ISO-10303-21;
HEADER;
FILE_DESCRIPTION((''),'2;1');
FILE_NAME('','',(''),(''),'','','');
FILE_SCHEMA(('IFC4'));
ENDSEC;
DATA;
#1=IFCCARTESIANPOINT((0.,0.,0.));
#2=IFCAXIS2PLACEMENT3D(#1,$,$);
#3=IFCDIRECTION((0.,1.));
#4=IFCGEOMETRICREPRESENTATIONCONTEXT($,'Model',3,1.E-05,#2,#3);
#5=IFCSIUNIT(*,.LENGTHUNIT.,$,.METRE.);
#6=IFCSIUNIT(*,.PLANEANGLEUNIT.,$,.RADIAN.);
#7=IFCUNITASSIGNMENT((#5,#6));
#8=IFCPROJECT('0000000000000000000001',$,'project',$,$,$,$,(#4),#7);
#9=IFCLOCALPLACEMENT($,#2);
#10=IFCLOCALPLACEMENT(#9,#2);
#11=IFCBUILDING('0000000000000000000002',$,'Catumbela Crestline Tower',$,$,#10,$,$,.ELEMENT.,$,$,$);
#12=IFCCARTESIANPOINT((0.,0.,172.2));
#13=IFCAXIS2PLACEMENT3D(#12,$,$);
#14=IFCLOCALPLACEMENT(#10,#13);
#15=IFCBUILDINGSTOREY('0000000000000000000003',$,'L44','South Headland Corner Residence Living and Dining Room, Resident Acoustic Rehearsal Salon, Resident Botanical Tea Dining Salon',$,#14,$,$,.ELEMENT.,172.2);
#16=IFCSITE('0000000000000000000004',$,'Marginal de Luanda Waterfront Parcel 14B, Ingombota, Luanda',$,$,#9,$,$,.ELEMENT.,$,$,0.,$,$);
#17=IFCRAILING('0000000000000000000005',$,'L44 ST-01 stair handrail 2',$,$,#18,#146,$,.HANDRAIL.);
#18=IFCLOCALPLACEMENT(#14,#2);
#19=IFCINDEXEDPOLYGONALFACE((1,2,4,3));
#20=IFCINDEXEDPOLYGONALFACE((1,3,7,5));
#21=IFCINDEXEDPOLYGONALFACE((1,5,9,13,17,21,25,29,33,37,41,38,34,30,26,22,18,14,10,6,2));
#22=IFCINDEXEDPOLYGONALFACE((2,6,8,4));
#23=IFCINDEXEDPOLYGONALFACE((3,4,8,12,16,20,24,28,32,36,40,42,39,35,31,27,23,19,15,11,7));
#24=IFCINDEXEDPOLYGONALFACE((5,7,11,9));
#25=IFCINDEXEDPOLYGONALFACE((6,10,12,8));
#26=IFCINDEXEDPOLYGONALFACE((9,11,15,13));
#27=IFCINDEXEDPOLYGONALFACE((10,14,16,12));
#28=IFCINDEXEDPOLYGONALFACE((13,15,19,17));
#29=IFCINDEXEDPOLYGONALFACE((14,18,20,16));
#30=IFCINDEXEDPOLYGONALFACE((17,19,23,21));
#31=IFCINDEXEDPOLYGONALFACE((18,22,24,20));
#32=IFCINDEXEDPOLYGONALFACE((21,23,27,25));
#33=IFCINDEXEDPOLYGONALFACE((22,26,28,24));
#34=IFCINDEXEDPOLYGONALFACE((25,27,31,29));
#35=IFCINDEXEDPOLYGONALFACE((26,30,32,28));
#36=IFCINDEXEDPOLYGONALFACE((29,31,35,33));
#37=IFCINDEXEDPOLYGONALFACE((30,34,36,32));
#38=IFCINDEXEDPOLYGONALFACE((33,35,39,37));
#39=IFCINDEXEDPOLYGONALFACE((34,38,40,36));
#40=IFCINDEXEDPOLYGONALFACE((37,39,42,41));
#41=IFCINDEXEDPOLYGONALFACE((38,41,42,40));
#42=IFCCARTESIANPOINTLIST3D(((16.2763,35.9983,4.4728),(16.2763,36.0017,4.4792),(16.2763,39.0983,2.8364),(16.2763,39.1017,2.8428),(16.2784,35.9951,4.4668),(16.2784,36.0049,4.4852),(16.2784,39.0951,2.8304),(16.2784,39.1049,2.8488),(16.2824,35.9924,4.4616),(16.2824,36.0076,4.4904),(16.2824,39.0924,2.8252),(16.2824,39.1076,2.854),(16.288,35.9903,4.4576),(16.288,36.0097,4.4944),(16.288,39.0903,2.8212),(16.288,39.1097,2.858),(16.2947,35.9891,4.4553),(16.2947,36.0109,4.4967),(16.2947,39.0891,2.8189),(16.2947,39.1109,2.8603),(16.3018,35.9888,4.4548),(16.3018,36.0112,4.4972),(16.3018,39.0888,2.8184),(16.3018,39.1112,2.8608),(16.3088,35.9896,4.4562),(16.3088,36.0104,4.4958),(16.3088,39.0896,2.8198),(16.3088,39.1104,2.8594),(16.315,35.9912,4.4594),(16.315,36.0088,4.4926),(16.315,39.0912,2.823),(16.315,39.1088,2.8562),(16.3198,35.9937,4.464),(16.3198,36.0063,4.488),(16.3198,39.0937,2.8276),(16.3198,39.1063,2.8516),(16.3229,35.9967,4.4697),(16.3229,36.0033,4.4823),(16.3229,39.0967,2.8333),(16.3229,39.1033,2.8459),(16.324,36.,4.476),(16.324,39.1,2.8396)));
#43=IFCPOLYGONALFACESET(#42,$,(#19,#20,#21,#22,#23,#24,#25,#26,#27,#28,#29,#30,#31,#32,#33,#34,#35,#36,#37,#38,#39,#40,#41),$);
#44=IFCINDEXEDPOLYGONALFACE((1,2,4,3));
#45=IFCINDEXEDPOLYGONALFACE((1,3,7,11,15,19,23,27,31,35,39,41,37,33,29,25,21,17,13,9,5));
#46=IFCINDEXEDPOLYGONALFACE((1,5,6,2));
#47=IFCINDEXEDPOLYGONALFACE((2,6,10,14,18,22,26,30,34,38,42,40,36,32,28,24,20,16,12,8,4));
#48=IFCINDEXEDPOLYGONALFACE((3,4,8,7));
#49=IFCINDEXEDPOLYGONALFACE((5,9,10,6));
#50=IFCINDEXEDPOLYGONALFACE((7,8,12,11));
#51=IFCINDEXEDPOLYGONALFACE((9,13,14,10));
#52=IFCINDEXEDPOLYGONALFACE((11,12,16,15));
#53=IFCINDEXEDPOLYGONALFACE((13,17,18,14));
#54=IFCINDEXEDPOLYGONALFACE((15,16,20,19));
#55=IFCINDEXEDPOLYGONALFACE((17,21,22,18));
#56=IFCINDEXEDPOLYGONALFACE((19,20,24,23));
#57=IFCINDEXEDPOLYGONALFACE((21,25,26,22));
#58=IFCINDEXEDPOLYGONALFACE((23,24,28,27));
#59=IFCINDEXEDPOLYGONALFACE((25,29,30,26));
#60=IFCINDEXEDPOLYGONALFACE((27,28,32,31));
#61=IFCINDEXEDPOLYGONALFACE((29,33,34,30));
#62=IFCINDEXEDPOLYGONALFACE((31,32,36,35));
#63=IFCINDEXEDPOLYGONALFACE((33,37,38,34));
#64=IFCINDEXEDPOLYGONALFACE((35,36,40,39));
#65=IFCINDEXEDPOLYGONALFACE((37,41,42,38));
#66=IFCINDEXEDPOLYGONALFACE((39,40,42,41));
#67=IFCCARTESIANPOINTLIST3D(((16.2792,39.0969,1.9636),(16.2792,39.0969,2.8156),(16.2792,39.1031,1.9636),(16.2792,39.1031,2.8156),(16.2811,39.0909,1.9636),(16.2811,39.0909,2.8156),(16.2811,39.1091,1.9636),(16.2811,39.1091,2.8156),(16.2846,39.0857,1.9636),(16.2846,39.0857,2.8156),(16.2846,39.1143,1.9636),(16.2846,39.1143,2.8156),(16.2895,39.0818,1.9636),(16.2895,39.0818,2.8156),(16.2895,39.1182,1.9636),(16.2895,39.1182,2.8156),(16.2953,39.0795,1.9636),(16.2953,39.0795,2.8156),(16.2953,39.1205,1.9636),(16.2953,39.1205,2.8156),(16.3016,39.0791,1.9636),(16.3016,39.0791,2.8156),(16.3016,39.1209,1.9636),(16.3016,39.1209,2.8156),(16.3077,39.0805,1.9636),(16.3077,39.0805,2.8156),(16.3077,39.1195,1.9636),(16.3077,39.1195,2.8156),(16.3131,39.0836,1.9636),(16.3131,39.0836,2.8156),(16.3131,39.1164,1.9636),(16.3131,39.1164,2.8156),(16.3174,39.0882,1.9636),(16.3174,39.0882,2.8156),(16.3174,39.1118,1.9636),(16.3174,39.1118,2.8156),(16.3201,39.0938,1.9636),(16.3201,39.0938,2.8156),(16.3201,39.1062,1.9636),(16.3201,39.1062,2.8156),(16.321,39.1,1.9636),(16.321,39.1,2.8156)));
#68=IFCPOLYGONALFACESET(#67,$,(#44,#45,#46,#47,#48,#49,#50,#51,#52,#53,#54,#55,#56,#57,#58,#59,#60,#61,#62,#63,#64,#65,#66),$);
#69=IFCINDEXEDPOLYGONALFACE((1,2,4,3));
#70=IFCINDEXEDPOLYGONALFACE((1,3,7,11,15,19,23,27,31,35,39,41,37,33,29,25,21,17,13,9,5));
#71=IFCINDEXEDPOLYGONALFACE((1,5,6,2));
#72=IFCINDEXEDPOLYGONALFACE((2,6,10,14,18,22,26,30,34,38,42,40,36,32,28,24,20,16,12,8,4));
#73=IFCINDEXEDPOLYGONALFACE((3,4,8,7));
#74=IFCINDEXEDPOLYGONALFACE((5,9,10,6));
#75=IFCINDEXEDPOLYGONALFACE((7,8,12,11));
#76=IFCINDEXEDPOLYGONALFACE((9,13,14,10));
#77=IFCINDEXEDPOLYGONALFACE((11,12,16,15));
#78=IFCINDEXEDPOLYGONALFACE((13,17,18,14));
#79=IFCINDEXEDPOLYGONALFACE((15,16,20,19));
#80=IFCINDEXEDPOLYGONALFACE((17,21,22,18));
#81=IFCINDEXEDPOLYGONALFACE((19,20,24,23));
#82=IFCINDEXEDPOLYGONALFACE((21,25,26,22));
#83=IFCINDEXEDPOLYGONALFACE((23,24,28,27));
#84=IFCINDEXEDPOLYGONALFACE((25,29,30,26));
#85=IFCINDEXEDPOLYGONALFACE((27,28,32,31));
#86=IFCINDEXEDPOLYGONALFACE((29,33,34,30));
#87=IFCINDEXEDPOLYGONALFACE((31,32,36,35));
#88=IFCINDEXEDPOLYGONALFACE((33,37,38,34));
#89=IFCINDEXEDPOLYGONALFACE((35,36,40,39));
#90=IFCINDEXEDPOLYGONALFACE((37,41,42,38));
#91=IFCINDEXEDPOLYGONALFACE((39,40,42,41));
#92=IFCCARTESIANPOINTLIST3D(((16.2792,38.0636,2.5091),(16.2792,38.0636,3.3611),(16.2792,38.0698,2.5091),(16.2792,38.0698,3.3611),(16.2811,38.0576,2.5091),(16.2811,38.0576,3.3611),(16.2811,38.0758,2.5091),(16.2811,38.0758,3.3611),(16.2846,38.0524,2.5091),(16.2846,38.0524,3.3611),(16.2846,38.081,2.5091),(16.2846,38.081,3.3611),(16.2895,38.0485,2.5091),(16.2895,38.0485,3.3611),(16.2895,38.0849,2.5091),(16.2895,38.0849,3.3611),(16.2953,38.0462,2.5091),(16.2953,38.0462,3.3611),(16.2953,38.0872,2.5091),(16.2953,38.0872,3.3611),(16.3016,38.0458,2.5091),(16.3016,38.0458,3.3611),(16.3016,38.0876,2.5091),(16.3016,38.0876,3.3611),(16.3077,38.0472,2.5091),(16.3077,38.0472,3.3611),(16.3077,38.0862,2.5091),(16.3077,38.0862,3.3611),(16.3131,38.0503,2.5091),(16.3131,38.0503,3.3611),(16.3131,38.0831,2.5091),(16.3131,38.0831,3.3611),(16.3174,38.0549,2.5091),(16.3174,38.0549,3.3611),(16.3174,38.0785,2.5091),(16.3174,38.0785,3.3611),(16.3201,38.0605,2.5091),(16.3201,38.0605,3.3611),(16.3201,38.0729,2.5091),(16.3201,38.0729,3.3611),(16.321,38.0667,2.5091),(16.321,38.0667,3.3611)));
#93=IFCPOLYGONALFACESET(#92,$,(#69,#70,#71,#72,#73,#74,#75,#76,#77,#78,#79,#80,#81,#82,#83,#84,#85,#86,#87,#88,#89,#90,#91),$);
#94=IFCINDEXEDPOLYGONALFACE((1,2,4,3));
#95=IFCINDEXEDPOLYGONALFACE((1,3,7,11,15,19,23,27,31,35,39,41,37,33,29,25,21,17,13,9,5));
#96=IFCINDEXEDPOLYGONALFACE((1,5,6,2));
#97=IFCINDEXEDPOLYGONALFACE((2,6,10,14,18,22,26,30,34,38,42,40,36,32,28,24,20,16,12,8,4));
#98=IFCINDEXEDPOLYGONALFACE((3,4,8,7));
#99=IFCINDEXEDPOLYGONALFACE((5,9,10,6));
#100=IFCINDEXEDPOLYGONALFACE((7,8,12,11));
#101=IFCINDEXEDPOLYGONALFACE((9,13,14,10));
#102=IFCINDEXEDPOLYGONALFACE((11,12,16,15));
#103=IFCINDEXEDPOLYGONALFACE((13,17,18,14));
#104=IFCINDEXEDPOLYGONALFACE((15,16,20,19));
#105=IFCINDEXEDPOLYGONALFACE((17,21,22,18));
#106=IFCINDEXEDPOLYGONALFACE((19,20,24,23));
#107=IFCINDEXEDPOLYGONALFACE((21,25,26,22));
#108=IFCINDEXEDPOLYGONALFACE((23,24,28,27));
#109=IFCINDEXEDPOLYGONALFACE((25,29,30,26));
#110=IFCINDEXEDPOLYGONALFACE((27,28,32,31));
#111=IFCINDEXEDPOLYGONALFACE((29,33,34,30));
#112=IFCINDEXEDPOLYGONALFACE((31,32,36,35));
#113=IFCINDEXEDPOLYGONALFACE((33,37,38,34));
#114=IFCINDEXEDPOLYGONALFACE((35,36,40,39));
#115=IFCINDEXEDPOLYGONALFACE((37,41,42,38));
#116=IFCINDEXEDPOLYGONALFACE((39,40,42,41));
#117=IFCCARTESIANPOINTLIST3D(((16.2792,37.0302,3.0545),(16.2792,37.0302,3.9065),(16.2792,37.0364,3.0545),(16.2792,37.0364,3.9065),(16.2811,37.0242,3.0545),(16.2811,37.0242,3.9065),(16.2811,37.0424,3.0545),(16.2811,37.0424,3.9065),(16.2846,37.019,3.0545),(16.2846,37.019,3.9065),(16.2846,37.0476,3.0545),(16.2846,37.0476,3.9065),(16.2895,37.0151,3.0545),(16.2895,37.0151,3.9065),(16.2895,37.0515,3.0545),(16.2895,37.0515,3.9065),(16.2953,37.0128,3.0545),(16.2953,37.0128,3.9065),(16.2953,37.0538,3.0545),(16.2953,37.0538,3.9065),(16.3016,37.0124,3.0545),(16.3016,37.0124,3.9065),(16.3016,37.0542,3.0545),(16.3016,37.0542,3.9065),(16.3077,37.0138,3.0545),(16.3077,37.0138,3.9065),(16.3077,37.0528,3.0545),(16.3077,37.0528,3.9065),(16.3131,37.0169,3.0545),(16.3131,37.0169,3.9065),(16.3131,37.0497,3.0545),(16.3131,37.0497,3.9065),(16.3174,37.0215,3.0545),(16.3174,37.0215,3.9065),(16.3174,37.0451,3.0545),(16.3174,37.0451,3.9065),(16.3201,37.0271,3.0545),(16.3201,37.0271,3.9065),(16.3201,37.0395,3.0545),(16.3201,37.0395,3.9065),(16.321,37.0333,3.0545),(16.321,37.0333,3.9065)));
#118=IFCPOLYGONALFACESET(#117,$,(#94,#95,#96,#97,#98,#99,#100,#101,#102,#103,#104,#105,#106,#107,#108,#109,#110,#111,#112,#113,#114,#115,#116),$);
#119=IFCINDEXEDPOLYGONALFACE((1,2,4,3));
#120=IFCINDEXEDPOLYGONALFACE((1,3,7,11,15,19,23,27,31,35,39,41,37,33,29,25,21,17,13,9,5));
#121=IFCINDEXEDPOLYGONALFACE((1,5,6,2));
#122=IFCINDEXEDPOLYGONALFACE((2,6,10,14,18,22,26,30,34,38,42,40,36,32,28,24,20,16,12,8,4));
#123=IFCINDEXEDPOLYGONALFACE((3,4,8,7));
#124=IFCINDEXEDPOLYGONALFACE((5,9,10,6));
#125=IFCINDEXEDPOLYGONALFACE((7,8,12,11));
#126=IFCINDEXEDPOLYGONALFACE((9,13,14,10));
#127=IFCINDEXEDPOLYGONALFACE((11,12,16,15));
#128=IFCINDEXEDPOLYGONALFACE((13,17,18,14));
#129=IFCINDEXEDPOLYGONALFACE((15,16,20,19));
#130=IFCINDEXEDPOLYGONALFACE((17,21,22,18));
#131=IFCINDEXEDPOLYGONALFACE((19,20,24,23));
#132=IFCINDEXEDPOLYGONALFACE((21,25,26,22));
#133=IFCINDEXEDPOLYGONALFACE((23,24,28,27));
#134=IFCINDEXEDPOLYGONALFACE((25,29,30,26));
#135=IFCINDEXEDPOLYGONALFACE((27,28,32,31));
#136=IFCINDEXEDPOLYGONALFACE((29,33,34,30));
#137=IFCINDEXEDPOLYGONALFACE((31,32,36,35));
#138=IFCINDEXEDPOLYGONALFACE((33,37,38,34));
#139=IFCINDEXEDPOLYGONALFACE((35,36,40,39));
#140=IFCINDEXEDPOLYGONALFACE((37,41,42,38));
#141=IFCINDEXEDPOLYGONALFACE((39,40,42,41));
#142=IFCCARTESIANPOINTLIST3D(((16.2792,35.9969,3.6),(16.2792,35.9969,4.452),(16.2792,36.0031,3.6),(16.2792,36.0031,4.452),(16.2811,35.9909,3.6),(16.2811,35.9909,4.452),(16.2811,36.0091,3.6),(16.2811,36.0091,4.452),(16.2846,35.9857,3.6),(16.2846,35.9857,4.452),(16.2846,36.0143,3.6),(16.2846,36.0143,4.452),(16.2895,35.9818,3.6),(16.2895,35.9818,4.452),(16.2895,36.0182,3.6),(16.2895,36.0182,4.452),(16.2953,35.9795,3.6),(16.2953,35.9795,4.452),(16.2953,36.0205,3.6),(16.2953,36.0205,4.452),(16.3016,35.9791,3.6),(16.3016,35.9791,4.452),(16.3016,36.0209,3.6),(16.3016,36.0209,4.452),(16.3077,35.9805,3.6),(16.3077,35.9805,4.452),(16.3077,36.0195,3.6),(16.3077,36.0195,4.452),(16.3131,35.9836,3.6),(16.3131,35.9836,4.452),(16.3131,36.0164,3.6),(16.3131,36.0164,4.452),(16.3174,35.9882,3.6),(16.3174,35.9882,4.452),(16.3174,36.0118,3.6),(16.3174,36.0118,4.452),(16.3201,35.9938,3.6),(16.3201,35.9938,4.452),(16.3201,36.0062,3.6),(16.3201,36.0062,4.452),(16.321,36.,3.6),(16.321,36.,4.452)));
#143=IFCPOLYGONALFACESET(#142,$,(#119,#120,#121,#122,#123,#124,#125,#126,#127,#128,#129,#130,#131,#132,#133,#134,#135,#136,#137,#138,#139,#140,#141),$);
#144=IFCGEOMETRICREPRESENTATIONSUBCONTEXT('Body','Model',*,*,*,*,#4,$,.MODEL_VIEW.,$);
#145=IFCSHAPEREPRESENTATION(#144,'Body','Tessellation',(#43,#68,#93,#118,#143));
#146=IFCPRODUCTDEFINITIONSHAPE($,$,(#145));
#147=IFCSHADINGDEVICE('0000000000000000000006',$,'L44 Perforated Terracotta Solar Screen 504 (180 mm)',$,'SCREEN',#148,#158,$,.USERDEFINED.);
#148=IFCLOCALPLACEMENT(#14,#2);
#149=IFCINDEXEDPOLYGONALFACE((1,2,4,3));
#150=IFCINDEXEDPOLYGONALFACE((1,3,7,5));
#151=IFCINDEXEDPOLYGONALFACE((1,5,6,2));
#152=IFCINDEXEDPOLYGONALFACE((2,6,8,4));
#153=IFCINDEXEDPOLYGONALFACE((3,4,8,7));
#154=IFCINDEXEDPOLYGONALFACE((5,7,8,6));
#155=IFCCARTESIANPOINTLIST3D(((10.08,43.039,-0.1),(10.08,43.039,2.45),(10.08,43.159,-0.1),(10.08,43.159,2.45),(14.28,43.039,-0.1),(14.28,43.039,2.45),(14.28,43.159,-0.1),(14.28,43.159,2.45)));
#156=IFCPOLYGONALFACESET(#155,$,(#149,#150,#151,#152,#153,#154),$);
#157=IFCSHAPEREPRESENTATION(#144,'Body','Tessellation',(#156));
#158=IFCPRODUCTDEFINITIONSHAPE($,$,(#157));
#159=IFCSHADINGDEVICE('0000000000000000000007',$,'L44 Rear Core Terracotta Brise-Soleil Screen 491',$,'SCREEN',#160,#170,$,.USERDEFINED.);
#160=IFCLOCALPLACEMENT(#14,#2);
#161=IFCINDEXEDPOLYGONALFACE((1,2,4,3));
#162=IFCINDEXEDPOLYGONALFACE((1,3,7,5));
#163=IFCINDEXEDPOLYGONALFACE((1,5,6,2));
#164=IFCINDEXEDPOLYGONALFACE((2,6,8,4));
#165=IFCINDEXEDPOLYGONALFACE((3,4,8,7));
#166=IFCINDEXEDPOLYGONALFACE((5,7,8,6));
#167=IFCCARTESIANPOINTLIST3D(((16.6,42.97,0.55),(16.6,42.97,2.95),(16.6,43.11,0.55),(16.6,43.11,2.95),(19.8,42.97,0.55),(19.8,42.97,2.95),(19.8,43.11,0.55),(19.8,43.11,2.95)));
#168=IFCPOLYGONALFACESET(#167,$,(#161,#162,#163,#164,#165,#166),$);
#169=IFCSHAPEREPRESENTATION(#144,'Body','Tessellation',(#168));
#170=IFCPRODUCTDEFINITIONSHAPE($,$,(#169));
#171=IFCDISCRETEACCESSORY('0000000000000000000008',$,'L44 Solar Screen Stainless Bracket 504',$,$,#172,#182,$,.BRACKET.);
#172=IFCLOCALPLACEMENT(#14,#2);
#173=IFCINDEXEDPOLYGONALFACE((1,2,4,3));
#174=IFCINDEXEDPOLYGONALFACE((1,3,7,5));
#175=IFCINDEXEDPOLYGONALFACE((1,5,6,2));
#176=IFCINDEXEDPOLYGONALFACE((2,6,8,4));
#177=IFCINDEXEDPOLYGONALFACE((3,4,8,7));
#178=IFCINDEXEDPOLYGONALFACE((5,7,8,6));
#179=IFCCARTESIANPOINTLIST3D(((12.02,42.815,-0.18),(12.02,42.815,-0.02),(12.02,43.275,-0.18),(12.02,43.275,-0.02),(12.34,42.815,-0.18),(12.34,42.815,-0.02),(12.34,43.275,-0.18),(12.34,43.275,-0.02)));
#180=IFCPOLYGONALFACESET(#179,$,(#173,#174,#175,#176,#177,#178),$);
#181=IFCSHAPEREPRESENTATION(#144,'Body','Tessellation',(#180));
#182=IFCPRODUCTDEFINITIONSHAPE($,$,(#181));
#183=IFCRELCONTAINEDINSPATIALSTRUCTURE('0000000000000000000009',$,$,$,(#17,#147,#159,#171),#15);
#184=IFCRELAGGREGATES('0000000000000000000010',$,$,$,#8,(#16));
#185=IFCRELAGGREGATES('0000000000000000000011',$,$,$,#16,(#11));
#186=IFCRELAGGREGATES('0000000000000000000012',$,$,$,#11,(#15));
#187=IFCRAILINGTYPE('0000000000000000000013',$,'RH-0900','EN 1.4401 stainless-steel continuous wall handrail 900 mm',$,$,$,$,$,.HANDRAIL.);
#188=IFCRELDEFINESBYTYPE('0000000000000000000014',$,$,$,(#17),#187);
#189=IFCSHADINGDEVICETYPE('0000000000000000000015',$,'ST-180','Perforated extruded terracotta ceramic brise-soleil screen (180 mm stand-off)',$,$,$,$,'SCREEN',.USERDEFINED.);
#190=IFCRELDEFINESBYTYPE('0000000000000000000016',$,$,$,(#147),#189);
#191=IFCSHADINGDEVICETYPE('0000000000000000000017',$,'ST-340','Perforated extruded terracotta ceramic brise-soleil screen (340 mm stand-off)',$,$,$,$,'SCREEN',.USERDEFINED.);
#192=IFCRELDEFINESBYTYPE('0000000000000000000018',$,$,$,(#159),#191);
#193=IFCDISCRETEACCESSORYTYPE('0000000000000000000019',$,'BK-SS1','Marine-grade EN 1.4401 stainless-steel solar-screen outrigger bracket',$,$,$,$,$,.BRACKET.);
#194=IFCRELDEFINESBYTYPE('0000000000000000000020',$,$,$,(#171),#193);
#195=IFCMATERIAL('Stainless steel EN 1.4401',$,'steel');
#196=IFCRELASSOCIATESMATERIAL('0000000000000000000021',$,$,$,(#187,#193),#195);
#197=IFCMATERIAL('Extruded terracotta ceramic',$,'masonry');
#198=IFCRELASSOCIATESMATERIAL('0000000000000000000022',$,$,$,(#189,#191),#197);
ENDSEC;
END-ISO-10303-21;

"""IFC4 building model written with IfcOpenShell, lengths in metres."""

from ifc_helpers import new_model, si_unit, direction, frame, origin, origin_2d, place, context, subcontext, project, spatial, rectangle, circle, extrude, material, type_object, element, save


model = new_model("IFC4")

# Units and contexts
model_context = context("Model", 3, precision=1e-05, world=origin(), true_north=direction((0.0, 1.0)))
body_context = subcontext(model_context, "Body", "Model", "MODEL_VIEW")
ifc_project = project(units=[si_unit("LENGTHUNIT", "METRE"), si_unit("PLANEANGLEUNIT", "RADIAN")], contexts=[model_context])

# Site, building, storey
site_placement = place(None, origin())
site = spatial("IfcSite", under=ifc_project, at=site_placement, Name="Marginal de Luanda Waterfront Parcel 14B, Ingombota, Luanda", CompositionType="ELEMENT", RefElevation=0.0)
building_placement = place(site_placement, origin())
building = spatial("IfcBuilding", under=site, at=building_placement, Name="Catumbela Crestline Tower", CompositionType="ELEMENT")
storey_placement = place(building_placement, frame((0.0, 0.0, 172.2)))
storey = spatial("IfcBuildingStorey", under=building, at=storey_placement, Name="L44", Description="South Headland Corner Residence Living and Dining Room, Resident Acoustic Rehearsal Salon, Resident Botanical Tea Dining Salon", CompositionType="ELEMENT", Elevation=172.2)

# Shared definitions
ifc_material_1 = material(Name="Stainless steel EN 1.4401", Category="steel")

# Railing
railing_type_1 = type_object("IfcRailingType", Name="RH-0900", Description="EN 1.4401 stainless-steel continuous wall handrail 900 mm", PredefinedType="HANDRAIL", material=ifc_material_1)
railing_1_placement = place(storey_placement, frame((16.3, 39.1, 1.9636)))
element("IfcRailing", 1, at=railing_1_placement, inside=storey, type_object=railing_type_1, Name="L44 ST-01 stair handrail 2", PredefinedType="HANDRAIL", context=body_context, shape_type="SweptSolid", body=[
    extrude(circle(Radius=0.024, at=origin_2d()), frame((0.0, 0.0, 0.876), z_axis=(0.0, -0.884351, 0.466823), x_axis=(1.0, 0.0, 0.0)), (0.0, 0.0, 1.0), 3.5054),
    extrude(circle(Radius=0.021, at=origin_2d()), origin(), (0.0, 0.0, 1.0), 0.852),
    extrude(circle(Radius=0.021, at=origin_2d()), frame((0.0, -1.0333, 0.5455)), (0.0, 0.0, 1.0), 0.852),
    extrude(circle(Radius=0.021, at=origin_2d()), frame((0.0, -2.0667, 1.0909)), (0.0, 0.0, 1.0), 0.852),
    extrude(circle(Radius=0.021, at=origin_2d()), frame((0.0, -3.1, 1.6364)), (0.0, 0.0, 1.0), 0.852),
])

# Shading devices
ifc_material_2 = material(Name="Extruded terracotta ceramic", Category="masonry")
shading_device_type_1 = type_object("IfcShadingDeviceType", Name="ST-180", Description="Perforated extruded terracotta ceramic brise-soleil screen (180 mm stand-off)", ElementType="SCREEN", PredefinedType="USERDEFINED", material=ifc_material_2)
shading_device_1_placement = place(storey_placement, frame((12.18, 43.099, -0.1), z_axis=(0.0, 0.0, 1.0), x_axis=(-1.0, 0.0, 0.0)))
element("IfcShadingDevice", 2, at=shading_device_1_placement, inside=storey, type_object=shading_device_type_1, Name="L44 Perforated Terracotta Solar Screen 504 (180 mm)", ObjectType="SCREEN", PredefinedType="USERDEFINED", context=body_context, shape_type="SweptSolid", body=[
    extrude(rectangle(XDim=4.2, YDim=0.12, at=origin_2d()), origin(), (0.0, 0.0, 1.0), 2.55),
])
shading_device_type_2 = type_object("IfcShadingDeviceType", Name="ST-340", Description="Perforated extruded terracotta ceramic brise-soleil screen (340 mm stand-off)", ElementType="SCREEN", PredefinedType="USERDEFINED", material=ifc_material_2)
shading_device_2_placement = place(storey_placement, frame((18.2, 43.04, 0.55), z_axis=(0.0, 0.0, 1.0), x_axis=(1.0, 0.0, 0.0)))
element("IfcShadingDevice", 3, at=shading_device_2_placement, inside=storey, type_object=shading_device_type_2, Name="L44 Rear Core Terracotta Brise-Soleil Screen 491", ObjectType="SCREEN", PredefinedType="USERDEFINED", context=body_context, shape_type="SweptSolid", body=[
    extrude(rectangle(XDim=3.2, YDim=0.14, at=origin_2d()), origin(), (0.0, 0.0, 1.0), 2.4),
])

# Discrete accessory
discrete_accessory_type = type_object("IfcDiscreteAccessoryType", Name="BK-SS1", Description="Marine-grade EN 1.4401 stainless-steel solar-screen outrigger bracket", PredefinedType="BRACKET", material=ifc_material_1)
discrete_accessory_placement = place(storey_placement, frame((12.18, 43.045, -0.18), z_axis=(0.0, 0.0, 1.0), x_axis=(-1.0, 0.0, 0.0)))
element("IfcDiscreteAccessory", 4, at=discrete_accessory_placement, inside=storey, type_object=discrete_accessory_type, Name="L44 Solar Screen Stainless Bracket 504", PredefinedType="BRACKET", context=body_context, shape_type="SweptSolid", body=[
    extrude(rectangle(XDim=0.32, YDim=0.46, at=origin_2d()), origin(), (0.0, 0.0, 1.0), 0.16),
])

save(model, "model.ifc")
